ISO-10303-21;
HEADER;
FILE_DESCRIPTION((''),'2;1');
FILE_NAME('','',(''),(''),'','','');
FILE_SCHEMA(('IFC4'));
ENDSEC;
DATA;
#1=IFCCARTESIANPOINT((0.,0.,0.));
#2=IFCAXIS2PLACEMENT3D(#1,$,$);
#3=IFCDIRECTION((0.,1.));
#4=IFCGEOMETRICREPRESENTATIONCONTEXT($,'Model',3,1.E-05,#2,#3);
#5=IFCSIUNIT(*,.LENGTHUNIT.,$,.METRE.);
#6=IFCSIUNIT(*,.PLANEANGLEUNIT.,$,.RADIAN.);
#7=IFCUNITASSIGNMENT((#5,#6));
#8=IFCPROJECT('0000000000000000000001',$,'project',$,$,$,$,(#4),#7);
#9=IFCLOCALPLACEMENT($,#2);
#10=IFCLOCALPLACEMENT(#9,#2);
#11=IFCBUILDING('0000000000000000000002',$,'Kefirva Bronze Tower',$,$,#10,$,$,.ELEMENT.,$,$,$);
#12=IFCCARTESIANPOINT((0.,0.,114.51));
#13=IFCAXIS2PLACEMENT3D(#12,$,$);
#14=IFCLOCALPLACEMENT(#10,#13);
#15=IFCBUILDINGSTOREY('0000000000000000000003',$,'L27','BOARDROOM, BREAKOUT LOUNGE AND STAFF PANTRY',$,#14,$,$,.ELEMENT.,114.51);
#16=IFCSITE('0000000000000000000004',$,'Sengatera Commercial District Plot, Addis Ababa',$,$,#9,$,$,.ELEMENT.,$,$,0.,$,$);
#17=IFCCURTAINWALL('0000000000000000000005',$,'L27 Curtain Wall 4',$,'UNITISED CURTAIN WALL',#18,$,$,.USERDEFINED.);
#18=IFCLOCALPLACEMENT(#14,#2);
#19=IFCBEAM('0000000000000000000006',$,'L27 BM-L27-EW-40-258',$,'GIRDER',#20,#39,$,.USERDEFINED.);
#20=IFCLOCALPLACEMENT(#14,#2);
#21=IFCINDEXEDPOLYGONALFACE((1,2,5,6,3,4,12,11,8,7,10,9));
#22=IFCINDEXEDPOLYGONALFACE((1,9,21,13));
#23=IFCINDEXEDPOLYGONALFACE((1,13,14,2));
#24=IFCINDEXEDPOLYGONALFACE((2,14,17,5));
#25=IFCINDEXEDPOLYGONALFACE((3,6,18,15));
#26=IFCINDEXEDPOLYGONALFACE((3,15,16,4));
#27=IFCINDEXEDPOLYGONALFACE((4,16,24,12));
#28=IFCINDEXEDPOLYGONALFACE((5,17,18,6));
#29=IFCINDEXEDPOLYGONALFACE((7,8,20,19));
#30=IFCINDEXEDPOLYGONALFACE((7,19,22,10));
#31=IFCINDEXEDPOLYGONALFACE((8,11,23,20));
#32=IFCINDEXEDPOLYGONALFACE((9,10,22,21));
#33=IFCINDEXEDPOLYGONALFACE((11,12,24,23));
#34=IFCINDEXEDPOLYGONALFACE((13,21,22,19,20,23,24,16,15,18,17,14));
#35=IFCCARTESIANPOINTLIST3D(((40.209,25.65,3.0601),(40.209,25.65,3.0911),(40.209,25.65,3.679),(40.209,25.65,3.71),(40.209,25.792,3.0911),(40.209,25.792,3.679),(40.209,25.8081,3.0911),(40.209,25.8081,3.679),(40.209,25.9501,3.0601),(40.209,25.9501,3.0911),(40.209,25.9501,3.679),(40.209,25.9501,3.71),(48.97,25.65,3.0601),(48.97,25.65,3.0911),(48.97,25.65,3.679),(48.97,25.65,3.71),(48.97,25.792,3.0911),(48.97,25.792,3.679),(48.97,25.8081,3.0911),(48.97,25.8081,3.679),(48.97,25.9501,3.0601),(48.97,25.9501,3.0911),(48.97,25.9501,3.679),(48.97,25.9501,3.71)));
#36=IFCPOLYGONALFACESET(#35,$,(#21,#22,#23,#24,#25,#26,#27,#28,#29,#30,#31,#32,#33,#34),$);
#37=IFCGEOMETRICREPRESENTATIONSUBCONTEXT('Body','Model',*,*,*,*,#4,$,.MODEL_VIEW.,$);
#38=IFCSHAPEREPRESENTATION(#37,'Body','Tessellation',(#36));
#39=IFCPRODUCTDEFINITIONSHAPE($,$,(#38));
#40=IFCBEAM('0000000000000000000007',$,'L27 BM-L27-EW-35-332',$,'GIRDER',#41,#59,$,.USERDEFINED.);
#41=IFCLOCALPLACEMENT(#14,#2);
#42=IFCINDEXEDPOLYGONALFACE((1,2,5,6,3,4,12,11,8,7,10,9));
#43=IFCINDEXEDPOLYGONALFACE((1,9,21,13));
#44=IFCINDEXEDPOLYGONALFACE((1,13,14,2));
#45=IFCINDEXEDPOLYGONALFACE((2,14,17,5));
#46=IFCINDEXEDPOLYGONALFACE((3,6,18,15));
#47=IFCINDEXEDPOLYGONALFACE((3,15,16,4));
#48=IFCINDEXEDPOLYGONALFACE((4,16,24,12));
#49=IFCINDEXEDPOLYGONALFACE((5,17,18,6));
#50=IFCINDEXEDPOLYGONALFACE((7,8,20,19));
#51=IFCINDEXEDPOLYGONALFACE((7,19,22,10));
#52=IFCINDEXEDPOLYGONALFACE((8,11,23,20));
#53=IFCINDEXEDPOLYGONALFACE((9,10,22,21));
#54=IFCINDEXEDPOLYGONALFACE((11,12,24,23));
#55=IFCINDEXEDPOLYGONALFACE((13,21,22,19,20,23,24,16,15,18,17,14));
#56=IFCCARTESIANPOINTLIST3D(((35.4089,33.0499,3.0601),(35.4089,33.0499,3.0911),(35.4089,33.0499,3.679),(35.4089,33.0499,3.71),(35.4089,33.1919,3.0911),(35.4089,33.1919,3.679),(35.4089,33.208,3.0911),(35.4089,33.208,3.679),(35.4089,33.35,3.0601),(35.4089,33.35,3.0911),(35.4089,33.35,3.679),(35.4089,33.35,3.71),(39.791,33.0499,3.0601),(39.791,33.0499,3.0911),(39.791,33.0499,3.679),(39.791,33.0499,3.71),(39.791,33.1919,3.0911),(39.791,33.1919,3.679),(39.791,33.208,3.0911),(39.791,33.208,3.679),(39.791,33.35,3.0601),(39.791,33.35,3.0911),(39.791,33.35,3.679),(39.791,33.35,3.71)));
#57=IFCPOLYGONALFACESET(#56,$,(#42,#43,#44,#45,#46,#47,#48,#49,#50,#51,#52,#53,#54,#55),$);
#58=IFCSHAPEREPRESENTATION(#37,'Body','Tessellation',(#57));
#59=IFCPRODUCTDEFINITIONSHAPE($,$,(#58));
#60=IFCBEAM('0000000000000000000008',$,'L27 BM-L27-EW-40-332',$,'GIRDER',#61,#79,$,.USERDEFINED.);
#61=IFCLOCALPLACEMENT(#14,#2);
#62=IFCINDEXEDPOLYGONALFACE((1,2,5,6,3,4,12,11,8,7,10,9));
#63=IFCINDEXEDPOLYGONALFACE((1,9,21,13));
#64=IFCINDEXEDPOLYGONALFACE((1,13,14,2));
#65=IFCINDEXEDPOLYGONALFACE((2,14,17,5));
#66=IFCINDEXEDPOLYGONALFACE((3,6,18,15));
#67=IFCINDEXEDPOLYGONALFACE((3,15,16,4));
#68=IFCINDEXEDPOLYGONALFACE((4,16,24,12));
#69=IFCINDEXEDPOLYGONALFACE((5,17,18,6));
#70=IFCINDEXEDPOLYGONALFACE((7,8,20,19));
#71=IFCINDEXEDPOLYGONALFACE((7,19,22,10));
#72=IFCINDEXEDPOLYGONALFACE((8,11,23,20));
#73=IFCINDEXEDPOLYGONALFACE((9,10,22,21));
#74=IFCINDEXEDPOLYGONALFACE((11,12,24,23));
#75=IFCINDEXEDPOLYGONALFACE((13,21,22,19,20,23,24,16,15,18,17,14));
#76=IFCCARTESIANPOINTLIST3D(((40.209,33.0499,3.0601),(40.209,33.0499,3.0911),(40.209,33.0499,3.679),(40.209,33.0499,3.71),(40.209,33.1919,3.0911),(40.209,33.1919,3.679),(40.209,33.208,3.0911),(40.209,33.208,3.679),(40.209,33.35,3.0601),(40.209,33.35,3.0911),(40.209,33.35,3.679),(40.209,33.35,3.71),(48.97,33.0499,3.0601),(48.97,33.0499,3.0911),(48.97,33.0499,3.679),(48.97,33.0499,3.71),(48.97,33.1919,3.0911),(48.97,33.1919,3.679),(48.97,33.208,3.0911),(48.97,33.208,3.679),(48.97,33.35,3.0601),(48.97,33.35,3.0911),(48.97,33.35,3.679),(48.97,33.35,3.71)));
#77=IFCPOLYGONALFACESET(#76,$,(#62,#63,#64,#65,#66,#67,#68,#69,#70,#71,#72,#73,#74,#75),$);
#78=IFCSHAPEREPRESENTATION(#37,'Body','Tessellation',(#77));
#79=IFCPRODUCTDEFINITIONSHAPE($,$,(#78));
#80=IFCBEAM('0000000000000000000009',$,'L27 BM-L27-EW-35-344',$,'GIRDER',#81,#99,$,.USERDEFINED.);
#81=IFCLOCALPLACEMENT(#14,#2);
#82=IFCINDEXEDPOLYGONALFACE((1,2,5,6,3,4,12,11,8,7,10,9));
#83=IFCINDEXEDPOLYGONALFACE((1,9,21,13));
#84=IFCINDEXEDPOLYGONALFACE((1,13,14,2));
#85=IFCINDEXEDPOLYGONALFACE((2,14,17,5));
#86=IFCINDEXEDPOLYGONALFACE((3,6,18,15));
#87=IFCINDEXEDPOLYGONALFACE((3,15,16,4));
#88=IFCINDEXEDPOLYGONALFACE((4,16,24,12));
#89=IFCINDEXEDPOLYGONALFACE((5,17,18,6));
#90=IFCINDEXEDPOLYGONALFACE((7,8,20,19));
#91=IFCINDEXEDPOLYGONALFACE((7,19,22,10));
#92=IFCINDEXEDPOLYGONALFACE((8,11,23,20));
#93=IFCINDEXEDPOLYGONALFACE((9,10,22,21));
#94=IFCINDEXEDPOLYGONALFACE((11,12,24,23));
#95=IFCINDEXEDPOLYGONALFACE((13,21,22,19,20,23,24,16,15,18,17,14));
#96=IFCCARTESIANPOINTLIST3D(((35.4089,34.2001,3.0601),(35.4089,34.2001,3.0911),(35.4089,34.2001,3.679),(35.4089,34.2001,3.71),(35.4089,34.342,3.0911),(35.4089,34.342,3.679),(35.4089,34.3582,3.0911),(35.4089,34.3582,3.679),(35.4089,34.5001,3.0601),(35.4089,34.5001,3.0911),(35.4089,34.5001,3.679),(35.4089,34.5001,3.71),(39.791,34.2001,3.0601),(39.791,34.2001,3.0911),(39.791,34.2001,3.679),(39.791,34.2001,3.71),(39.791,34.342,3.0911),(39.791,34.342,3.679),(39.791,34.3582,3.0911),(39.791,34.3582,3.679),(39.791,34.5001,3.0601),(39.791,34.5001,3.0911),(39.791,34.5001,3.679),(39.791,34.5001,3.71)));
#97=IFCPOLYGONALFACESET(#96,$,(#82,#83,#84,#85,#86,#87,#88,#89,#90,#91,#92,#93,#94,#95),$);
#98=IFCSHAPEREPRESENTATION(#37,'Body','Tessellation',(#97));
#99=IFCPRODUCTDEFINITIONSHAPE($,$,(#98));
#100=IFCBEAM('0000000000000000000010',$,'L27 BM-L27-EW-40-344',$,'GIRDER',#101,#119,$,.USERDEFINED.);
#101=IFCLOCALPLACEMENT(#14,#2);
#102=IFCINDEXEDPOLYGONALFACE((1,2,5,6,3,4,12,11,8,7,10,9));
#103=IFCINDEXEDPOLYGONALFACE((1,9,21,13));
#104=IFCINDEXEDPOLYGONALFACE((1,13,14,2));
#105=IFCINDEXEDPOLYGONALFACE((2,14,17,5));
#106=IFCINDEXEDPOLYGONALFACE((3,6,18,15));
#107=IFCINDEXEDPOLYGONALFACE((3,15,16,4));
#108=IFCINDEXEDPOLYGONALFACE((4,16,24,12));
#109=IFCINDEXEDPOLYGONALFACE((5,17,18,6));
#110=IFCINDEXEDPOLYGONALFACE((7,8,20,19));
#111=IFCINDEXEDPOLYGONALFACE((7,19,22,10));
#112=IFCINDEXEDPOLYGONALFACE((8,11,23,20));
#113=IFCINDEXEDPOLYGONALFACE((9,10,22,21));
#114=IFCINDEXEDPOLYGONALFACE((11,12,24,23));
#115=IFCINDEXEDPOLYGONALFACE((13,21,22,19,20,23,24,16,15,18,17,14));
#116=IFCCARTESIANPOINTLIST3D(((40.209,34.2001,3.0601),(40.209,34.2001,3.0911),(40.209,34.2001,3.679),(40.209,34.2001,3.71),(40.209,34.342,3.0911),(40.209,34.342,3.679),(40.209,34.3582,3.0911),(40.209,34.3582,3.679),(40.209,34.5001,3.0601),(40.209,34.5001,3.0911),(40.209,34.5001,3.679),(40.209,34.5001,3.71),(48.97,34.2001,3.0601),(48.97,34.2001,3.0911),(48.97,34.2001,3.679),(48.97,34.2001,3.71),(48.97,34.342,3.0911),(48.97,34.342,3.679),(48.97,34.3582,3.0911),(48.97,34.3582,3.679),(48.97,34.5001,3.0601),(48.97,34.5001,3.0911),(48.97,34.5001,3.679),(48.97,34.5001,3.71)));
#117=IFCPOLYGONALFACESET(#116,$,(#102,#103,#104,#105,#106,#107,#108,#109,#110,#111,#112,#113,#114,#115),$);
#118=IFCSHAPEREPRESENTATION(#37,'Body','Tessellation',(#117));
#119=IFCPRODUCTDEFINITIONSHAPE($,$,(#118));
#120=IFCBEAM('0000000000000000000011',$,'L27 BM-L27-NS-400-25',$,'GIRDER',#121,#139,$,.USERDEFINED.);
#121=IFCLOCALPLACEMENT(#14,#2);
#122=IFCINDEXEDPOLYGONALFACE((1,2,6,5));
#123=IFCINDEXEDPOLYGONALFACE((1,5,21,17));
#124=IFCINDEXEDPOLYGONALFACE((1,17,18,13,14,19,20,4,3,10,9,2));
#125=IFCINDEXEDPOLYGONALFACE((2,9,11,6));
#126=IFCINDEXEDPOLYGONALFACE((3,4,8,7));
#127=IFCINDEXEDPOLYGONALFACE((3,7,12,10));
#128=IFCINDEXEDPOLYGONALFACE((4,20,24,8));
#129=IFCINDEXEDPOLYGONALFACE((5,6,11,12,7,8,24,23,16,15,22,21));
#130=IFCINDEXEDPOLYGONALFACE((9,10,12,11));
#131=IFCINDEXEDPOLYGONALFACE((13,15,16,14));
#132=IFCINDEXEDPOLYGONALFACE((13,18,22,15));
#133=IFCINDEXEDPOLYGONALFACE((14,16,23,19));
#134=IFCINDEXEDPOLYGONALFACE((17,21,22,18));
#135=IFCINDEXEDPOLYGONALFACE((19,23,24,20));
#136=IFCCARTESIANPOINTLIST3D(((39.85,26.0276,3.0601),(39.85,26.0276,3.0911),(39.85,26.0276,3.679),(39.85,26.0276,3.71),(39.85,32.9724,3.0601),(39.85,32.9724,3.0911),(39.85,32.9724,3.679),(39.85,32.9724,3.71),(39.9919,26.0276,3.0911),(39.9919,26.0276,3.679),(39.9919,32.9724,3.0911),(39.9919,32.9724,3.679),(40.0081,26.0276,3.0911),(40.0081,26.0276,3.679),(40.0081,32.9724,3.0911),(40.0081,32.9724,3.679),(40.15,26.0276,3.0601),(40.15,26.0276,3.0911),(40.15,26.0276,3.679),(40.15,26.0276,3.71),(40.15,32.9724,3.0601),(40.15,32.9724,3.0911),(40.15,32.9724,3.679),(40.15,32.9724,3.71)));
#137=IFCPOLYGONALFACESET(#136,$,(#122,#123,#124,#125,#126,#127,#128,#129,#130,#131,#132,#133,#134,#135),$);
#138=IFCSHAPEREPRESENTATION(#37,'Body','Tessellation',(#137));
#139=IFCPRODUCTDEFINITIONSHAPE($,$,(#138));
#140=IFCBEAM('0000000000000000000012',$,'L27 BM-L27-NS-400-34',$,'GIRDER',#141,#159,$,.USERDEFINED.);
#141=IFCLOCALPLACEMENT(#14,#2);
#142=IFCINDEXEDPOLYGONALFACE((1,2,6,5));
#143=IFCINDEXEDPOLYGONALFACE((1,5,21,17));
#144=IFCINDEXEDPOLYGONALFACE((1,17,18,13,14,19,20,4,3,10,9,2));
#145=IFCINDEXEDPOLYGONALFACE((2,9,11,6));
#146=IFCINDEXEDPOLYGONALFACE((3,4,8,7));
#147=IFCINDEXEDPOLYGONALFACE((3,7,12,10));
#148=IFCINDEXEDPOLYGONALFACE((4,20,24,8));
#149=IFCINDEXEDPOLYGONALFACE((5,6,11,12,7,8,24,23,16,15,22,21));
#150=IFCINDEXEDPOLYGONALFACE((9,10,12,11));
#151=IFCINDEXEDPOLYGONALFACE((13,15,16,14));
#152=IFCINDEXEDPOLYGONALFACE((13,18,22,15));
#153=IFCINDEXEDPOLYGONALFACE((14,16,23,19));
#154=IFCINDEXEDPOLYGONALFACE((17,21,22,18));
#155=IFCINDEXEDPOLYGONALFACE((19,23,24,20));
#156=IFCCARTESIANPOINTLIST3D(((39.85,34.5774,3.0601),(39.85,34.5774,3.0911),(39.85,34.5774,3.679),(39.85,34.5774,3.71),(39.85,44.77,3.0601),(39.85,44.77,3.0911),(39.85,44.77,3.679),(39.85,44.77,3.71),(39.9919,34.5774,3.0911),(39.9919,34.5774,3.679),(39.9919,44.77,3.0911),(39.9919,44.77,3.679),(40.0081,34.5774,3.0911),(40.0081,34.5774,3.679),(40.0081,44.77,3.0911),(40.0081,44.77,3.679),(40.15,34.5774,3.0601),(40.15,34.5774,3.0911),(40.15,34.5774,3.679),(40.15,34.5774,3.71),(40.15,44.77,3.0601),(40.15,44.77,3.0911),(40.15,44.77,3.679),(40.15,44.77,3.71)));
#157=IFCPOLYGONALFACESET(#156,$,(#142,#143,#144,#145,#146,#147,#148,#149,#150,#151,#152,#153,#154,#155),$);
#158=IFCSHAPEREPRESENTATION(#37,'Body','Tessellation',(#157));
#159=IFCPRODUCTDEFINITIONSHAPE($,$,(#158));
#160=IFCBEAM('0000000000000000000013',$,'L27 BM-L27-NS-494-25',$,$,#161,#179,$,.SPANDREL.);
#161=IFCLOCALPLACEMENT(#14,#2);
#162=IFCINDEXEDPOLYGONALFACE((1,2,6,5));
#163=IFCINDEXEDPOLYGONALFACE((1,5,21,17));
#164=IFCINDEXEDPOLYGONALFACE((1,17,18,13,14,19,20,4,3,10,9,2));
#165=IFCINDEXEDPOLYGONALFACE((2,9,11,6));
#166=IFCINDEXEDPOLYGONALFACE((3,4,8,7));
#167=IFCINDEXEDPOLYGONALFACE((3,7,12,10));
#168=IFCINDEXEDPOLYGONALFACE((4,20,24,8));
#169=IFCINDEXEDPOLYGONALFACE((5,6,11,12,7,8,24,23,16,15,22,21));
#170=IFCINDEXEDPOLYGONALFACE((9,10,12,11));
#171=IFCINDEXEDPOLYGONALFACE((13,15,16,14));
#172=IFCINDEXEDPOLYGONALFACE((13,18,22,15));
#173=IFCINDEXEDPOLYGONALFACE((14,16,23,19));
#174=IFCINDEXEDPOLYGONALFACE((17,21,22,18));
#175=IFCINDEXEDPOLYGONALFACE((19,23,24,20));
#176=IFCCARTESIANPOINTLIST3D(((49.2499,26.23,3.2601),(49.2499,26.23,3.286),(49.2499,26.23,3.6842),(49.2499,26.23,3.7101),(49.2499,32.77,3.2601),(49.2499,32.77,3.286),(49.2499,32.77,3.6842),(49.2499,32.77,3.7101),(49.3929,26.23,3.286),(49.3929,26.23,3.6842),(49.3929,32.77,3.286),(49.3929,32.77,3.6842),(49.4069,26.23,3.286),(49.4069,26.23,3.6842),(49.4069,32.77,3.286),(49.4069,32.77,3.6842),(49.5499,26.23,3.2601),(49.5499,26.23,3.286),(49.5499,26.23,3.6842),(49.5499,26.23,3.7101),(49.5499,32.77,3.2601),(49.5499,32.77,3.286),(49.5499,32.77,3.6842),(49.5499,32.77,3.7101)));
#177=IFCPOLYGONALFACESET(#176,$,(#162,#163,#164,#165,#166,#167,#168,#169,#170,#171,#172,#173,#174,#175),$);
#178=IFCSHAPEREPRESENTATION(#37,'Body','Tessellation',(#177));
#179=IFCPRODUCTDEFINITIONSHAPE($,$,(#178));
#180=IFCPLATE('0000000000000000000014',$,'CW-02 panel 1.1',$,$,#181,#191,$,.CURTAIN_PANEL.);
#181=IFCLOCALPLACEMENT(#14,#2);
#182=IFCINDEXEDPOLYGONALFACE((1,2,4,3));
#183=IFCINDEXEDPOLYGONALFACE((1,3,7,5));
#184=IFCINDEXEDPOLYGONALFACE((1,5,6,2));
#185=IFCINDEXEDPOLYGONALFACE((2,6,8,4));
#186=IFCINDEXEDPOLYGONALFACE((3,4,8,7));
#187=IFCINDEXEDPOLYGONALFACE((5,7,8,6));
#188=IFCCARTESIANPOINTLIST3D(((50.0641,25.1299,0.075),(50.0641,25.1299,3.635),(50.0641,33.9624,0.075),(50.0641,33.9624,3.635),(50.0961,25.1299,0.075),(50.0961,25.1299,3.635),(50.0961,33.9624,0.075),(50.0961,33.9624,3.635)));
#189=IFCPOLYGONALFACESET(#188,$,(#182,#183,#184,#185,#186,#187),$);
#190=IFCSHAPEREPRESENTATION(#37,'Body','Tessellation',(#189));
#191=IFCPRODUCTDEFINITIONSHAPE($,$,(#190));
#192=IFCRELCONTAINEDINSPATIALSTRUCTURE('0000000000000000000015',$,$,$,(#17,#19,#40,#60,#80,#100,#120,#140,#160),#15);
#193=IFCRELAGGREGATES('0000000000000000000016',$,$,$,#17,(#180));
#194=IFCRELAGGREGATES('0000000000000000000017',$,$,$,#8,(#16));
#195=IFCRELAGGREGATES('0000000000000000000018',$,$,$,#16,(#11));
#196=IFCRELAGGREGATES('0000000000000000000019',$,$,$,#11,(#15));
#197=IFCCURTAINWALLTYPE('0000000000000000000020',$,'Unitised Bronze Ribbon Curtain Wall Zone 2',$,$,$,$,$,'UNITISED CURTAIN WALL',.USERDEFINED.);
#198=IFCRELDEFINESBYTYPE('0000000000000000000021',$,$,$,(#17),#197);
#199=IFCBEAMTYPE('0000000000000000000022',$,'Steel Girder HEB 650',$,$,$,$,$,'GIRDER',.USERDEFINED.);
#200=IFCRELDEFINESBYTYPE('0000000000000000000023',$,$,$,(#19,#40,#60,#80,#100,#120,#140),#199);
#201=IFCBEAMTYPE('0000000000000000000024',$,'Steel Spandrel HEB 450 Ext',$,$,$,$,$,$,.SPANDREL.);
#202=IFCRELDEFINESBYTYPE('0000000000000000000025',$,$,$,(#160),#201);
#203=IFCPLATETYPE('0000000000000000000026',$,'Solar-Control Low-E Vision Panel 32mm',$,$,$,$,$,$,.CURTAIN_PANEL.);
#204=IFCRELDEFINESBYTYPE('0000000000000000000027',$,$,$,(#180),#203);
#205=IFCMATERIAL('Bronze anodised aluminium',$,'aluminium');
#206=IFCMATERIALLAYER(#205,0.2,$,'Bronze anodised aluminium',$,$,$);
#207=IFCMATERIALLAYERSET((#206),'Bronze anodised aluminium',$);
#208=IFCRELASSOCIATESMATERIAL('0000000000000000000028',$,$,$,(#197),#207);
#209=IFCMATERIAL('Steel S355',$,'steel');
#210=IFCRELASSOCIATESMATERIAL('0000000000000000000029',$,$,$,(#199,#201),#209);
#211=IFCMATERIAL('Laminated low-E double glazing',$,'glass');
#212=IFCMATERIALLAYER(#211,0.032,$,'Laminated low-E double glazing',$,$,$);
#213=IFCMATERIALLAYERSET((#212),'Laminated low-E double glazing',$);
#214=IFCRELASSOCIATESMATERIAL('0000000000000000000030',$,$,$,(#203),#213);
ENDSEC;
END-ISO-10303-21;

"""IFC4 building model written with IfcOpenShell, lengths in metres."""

from ifc_helpers import new_model, si_unit, direction, frame, origin, origin_2d, place, context, subcontext, project, spatial, rectangle, i_section, extrude, material, layer, layer_set, material_profile, profile_set, type_object, element, aggregate, save


model = new_model("IFC4")

# Units and contexts
model_context = context("Model", 3, precision=1e-05, world=origin(), true_north=direction((0.0, 1.0)))
body_context = subcontext(model_context, "Body", "Model", "MODEL_VIEW")
ifc_project = project(units=[si_unit("LENGTHUNIT", "METRE"), si_unit("PLANEANGLEUNIT", "RADIAN")], contexts=[model_context])

# Site, building, storey
site_placement = place(None, origin())
site = spatial("IfcSite", under=ifc_project, at=site_placement, Name="Sengatera Commercial District Plot, Addis Ababa", CompositionType="ELEMENT", RefElevation=0.0)
building_placement = place(site_placement, origin())
building = spatial("IfcBuilding", under=site, at=building_placement, Name="Kefirva Bronze Tower", CompositionType="ELEMENT")
storey_placement = place(building_placement, frame((0.0, 0.0, 114.51)))
storey = spatial("IfcBuildingStorey", under=building, at=storey_placement, Name="L27", Description="BOARDROOM, BREAKOUT LOUNGE AND STAFF PANTRY", CompositionType="ELEMENT", Elevation=114.51)

# Curtain wall
ifc_material_1 = material(Name="Bronze anodised aluminium", Category="aluminium")
ifc_layer_1 = layer(ifc_material_1, 0.2, Name="Bronze anodised aluminium")
ifc_layer_set_1 = layer_set([ifc_layer_1], Name="Bronze anodised aluminium")
curtain_wall_type = type_object("IfcCurtainWallType", Name="Unitised Bronze Ribbon Curtain Wall Zone 2", ElementType="UNITISED CURTAIN WALL", PredefinedType="USERDEFINED", material=ifc_layer_set_1)
curtain_wall_placement = place(storey_placement, origin())
curtain_wall = element("IfcCurtainWall", 1, at=curtain_wall_placement, inside=storey, type_object=curtain_wall_type, Name="L27 Curtain Wall 4", ObjectType="UNITISED CURTAIN WALL", PredefinedType="USERDEFINED")

# Beams
ifc_material_2 = material(Name="Steel S355", Category="steel")
ifc_material_profile_1 = material_profile(ifc_material_2, i_section(OverallWidth=0.3, OverallDepth=0.6499, WebThickness=0.0161, FlangeThickness=0.031, at=origin_2d()), Name="HEB 650")
ifc_profile_set_1 = profile_set([ifc_material_profile_1], Name="Steel S355")
beam_type_1 = type_object("IfcBeamType", Name="Steel Girder HEB 650", ElementType="GIRDER", PredefinedType="USERDEFINED", material=ifc_profile_set_1)
beam_1_placement = place(storey_placement, frame((40.209, 25.8, 3.385), z_axis=(1.0, 0.0, 0.0), x_axis=(0.0, 1.0, 0.0)))
element("IfcBeam", 2, at=beam_1_placement, inside=storey, type_object=beam_type_1, Name="L27 BM-L27-EW-40-258", ObjectType="GIRDER", PredefinedType="USERDEFINED", context=body_context, shape_type="SweptSolid", body=[
    extrude(i_section(OverallWidth=0.3, OverallDepth=0.6499, WebThickness=0.0161, FlangeThickness=0.031, at=origin_2d()), origin(), (0.0, 0.0, 1.0), 8.761),
])
beam_2_placement = place(storey_placement, frame((35.4089, 33.2, 3.385), z_axis=(1.0, 0.0, 0.0), x_axis=(0.0, 1.0, 0.0)))
element("IfcBeam", 3, at=beam_2_placement, inside=storey, type_object=beam_type_1, Name="L27 BM-L27-EW-35-332", ObjectType="GIRDER", PredefinedType="USERDEFINED", context=body_context, shape_type="SweptSolid", body=[
    extrude(i_section(OverallWidth=0.3, OverallDepth=0.6499, WebThickness=0.0161, FlangeThickness=0.031, at=origin_2d()), origin(), (0.0, 0.0, 1.0), 4.3821),
])
beam_3_placement = place(storey_placement, frame((40.209, 33.2, 3.385), z_axis=(1.0, 0.0, 0.0), x_axis=(0.0, 1.0, 0.0)))
element("IfcBeam", 4, at=beam_3_placement, inside=storey, type_object=beam_type_1, Name="L27 BM-L27-EW-40-332", ObjectType="GIRDER", PredefinedType="USERDEFINED", context=body_context, shape_type="SweptSolid", body=[
    extrude(i_section(OverallWidth=0.3, OverallDepth=0.6499, WebThickness=0.0161, FlangeThickness=0.031, at=origin_2d()), origin(), (0.0, 0.0, 1.0), 8.761),
])
beam_4_placement = place(storey_placement, frame((35.4089, 34.3501, 3.385), z_axis=(1.0, 0.0, 0.0), x_axis=(0.0, 1.0, 0.0)))
element("IfcBeam", 5, at=beam_4_placement, inside=storey, type_object=beam_type_1, Name="L27 BM-L27-EW-35-344", ObjectType="GIRDER", PredefinedType="USERDEFINED", context=body_context, shape_type="SweptSolid", body=[
    extrude(i_section(OverallWidth=0.3, OverallDepth=0.6499, WebThickness=0.0161, FlangeThickness=0.031, at=origin_2d()), origin(), (0.0, 0.0, 1.0), 4.3821),
])
beam_5_placement = place(storey_placement, frame((40.209, 34.3501, 3.385), z_axis=(1.0, 0.0, 0.0), x_axis=(0.0, 1.0, 0.0)))
element("IfcBeam", 6, at=beam_5_placement, inside=storey, type_object=beam_type_1, Name="L27 BM-L27-EW-40-344", ObjectType="GIRDER", PredefinedType="USERDEFINED", context=body_context, shape_type="SweptSolid", body=[
    extrude(i_section(OverallWidth=0.3, OverallDepth=0.6499, WebThickness=0.0161, FlangeThickness=0.031, at=origin_2d()), origin(), (0.0, 0.0, 1.0), 8.761),
])
beam_6_placement = place(storey_placement, frame((40.0, 26.0276, 3.385), z_axis=(0.0, 1.0, 0.0), x_axis=(-1.0, 0.0, 0.0)))
element("IfcBeam", 7, at=beam_6_placement, inside=storey, type_object=beam_type_1, Name="L27 BM-L27-NS-400-25", ObjectType="GIRDER", PredefinedType="USERDEFINED", context=body_context, shape_type="SweptSolid", body=[
    extrude(i_section(OverallWidth=0.3, OverallDepth=0.6499, WebThickness=0.0161, FlangeThickness=0.031, at=origin_2d()), origin(), (0.0, 0.0, 1.0), 6.9448),
])
beam_7_placement = place(storey_placement, frame((40.0, 34.5774, 3.385), z_axis=(0.0, 1.0, 0.0), x_axis=(-1.0, 0.0, 0.0)))
element("IfcBeam", 8, at=beam_7_placement, inside=storey, type_object=beam_type_1, Name="L27 BM-L27-NS-400-34", ObjectType="GIRDER", PredefinedType="USERDEFINED", context=body_context, shape_type="SweptSolid", body=[
    extrude(i_section(OverallWidth=0.3, OverallDepth=0.6499, WebThickness=0.0161, FlangeThickness=0.031, at=origin_2d()), origin(), (0.0, 0.0, 1.0), 10.1926),
])
ifc_material_profile_2 = material_profile(ifc_material_2, i_section(OverallWidth=0.3, OverallDepth=0.45, WebThickness=0.0139, FlangeThickness=0.0259, at=origin_2d()), Name="HEB 450")
ifc_profile_set_2 = profile_set([ifc_material_profile_2], Name="Steel S355")
beam_type_2 = type_object("IfcBeamType", Name="Steel Spandrel HEB 450 Ext", PredefinedType="SPANDREL", material=ifc_profile_set_2)
beam_8_placement = place(storey_placement, frame((49.3999, 26.23, 3.4851), z_axis=(0.0, 1.0, 0.0), x_axis=(-1.0, 0.0, 0.0)))
element("IfcBeam", 9, at=beam_8_placement, inside=storey, type_object=beam_type_2, Name="L27 BM-L27-NS-494-25", PredefinedType="SPANDREL", context=body_context, shape_type="SweptSolid", body=[
    extrude(i_section(OverallWidth=0.3, OverallDepth=0.45, WebThickness=0.0139, FlangeThickness=0.0259, at=origin_2d()), origin(), (0.0, 0.0, 1.0), 6.54),
])

# Plate
ifc_material_3 = material(Name="Laminated low-E double glazing", Category="glass")
ifc_layer_2 = layer(ifc_material_3, 0.032, Name="Laminated low-E double glazing")
ifc_layer_set_2 = layer_set([ifc_layer_2], Name="Laminated low-E double glazing")
plate_type = type_object("IfcPlateType", Name="Solar-Control Low-E Vision Panel 32mm", PredefinedType="CURTAIN_PANEL", material=ifc_layer_set_2)
plate_1_placement = place(storey_placement, frame((50.0801, 29.5461, 0.075), z_axis=(0.0, 0.0, 1.0), x_axis=(0.0, 1.0, 0.0)))
plate_1 = element("IfcPlate", 10, at=plate_1_placement, type_object=plate_type, Name="CW-02 panel 1.1", PredefinedType="CURTAIN_PANEL", context=body_context, shape_type="SweptSolid", body=[
    extrude(rectangle(XDim=8.8325, YDim=0.032, at=origin_2d()), origin(), (0.0, 0.0, 1.0), 3.5601),
])
aggregate(curtain_wall, [plate_1])

save(model, "model.ifc")
